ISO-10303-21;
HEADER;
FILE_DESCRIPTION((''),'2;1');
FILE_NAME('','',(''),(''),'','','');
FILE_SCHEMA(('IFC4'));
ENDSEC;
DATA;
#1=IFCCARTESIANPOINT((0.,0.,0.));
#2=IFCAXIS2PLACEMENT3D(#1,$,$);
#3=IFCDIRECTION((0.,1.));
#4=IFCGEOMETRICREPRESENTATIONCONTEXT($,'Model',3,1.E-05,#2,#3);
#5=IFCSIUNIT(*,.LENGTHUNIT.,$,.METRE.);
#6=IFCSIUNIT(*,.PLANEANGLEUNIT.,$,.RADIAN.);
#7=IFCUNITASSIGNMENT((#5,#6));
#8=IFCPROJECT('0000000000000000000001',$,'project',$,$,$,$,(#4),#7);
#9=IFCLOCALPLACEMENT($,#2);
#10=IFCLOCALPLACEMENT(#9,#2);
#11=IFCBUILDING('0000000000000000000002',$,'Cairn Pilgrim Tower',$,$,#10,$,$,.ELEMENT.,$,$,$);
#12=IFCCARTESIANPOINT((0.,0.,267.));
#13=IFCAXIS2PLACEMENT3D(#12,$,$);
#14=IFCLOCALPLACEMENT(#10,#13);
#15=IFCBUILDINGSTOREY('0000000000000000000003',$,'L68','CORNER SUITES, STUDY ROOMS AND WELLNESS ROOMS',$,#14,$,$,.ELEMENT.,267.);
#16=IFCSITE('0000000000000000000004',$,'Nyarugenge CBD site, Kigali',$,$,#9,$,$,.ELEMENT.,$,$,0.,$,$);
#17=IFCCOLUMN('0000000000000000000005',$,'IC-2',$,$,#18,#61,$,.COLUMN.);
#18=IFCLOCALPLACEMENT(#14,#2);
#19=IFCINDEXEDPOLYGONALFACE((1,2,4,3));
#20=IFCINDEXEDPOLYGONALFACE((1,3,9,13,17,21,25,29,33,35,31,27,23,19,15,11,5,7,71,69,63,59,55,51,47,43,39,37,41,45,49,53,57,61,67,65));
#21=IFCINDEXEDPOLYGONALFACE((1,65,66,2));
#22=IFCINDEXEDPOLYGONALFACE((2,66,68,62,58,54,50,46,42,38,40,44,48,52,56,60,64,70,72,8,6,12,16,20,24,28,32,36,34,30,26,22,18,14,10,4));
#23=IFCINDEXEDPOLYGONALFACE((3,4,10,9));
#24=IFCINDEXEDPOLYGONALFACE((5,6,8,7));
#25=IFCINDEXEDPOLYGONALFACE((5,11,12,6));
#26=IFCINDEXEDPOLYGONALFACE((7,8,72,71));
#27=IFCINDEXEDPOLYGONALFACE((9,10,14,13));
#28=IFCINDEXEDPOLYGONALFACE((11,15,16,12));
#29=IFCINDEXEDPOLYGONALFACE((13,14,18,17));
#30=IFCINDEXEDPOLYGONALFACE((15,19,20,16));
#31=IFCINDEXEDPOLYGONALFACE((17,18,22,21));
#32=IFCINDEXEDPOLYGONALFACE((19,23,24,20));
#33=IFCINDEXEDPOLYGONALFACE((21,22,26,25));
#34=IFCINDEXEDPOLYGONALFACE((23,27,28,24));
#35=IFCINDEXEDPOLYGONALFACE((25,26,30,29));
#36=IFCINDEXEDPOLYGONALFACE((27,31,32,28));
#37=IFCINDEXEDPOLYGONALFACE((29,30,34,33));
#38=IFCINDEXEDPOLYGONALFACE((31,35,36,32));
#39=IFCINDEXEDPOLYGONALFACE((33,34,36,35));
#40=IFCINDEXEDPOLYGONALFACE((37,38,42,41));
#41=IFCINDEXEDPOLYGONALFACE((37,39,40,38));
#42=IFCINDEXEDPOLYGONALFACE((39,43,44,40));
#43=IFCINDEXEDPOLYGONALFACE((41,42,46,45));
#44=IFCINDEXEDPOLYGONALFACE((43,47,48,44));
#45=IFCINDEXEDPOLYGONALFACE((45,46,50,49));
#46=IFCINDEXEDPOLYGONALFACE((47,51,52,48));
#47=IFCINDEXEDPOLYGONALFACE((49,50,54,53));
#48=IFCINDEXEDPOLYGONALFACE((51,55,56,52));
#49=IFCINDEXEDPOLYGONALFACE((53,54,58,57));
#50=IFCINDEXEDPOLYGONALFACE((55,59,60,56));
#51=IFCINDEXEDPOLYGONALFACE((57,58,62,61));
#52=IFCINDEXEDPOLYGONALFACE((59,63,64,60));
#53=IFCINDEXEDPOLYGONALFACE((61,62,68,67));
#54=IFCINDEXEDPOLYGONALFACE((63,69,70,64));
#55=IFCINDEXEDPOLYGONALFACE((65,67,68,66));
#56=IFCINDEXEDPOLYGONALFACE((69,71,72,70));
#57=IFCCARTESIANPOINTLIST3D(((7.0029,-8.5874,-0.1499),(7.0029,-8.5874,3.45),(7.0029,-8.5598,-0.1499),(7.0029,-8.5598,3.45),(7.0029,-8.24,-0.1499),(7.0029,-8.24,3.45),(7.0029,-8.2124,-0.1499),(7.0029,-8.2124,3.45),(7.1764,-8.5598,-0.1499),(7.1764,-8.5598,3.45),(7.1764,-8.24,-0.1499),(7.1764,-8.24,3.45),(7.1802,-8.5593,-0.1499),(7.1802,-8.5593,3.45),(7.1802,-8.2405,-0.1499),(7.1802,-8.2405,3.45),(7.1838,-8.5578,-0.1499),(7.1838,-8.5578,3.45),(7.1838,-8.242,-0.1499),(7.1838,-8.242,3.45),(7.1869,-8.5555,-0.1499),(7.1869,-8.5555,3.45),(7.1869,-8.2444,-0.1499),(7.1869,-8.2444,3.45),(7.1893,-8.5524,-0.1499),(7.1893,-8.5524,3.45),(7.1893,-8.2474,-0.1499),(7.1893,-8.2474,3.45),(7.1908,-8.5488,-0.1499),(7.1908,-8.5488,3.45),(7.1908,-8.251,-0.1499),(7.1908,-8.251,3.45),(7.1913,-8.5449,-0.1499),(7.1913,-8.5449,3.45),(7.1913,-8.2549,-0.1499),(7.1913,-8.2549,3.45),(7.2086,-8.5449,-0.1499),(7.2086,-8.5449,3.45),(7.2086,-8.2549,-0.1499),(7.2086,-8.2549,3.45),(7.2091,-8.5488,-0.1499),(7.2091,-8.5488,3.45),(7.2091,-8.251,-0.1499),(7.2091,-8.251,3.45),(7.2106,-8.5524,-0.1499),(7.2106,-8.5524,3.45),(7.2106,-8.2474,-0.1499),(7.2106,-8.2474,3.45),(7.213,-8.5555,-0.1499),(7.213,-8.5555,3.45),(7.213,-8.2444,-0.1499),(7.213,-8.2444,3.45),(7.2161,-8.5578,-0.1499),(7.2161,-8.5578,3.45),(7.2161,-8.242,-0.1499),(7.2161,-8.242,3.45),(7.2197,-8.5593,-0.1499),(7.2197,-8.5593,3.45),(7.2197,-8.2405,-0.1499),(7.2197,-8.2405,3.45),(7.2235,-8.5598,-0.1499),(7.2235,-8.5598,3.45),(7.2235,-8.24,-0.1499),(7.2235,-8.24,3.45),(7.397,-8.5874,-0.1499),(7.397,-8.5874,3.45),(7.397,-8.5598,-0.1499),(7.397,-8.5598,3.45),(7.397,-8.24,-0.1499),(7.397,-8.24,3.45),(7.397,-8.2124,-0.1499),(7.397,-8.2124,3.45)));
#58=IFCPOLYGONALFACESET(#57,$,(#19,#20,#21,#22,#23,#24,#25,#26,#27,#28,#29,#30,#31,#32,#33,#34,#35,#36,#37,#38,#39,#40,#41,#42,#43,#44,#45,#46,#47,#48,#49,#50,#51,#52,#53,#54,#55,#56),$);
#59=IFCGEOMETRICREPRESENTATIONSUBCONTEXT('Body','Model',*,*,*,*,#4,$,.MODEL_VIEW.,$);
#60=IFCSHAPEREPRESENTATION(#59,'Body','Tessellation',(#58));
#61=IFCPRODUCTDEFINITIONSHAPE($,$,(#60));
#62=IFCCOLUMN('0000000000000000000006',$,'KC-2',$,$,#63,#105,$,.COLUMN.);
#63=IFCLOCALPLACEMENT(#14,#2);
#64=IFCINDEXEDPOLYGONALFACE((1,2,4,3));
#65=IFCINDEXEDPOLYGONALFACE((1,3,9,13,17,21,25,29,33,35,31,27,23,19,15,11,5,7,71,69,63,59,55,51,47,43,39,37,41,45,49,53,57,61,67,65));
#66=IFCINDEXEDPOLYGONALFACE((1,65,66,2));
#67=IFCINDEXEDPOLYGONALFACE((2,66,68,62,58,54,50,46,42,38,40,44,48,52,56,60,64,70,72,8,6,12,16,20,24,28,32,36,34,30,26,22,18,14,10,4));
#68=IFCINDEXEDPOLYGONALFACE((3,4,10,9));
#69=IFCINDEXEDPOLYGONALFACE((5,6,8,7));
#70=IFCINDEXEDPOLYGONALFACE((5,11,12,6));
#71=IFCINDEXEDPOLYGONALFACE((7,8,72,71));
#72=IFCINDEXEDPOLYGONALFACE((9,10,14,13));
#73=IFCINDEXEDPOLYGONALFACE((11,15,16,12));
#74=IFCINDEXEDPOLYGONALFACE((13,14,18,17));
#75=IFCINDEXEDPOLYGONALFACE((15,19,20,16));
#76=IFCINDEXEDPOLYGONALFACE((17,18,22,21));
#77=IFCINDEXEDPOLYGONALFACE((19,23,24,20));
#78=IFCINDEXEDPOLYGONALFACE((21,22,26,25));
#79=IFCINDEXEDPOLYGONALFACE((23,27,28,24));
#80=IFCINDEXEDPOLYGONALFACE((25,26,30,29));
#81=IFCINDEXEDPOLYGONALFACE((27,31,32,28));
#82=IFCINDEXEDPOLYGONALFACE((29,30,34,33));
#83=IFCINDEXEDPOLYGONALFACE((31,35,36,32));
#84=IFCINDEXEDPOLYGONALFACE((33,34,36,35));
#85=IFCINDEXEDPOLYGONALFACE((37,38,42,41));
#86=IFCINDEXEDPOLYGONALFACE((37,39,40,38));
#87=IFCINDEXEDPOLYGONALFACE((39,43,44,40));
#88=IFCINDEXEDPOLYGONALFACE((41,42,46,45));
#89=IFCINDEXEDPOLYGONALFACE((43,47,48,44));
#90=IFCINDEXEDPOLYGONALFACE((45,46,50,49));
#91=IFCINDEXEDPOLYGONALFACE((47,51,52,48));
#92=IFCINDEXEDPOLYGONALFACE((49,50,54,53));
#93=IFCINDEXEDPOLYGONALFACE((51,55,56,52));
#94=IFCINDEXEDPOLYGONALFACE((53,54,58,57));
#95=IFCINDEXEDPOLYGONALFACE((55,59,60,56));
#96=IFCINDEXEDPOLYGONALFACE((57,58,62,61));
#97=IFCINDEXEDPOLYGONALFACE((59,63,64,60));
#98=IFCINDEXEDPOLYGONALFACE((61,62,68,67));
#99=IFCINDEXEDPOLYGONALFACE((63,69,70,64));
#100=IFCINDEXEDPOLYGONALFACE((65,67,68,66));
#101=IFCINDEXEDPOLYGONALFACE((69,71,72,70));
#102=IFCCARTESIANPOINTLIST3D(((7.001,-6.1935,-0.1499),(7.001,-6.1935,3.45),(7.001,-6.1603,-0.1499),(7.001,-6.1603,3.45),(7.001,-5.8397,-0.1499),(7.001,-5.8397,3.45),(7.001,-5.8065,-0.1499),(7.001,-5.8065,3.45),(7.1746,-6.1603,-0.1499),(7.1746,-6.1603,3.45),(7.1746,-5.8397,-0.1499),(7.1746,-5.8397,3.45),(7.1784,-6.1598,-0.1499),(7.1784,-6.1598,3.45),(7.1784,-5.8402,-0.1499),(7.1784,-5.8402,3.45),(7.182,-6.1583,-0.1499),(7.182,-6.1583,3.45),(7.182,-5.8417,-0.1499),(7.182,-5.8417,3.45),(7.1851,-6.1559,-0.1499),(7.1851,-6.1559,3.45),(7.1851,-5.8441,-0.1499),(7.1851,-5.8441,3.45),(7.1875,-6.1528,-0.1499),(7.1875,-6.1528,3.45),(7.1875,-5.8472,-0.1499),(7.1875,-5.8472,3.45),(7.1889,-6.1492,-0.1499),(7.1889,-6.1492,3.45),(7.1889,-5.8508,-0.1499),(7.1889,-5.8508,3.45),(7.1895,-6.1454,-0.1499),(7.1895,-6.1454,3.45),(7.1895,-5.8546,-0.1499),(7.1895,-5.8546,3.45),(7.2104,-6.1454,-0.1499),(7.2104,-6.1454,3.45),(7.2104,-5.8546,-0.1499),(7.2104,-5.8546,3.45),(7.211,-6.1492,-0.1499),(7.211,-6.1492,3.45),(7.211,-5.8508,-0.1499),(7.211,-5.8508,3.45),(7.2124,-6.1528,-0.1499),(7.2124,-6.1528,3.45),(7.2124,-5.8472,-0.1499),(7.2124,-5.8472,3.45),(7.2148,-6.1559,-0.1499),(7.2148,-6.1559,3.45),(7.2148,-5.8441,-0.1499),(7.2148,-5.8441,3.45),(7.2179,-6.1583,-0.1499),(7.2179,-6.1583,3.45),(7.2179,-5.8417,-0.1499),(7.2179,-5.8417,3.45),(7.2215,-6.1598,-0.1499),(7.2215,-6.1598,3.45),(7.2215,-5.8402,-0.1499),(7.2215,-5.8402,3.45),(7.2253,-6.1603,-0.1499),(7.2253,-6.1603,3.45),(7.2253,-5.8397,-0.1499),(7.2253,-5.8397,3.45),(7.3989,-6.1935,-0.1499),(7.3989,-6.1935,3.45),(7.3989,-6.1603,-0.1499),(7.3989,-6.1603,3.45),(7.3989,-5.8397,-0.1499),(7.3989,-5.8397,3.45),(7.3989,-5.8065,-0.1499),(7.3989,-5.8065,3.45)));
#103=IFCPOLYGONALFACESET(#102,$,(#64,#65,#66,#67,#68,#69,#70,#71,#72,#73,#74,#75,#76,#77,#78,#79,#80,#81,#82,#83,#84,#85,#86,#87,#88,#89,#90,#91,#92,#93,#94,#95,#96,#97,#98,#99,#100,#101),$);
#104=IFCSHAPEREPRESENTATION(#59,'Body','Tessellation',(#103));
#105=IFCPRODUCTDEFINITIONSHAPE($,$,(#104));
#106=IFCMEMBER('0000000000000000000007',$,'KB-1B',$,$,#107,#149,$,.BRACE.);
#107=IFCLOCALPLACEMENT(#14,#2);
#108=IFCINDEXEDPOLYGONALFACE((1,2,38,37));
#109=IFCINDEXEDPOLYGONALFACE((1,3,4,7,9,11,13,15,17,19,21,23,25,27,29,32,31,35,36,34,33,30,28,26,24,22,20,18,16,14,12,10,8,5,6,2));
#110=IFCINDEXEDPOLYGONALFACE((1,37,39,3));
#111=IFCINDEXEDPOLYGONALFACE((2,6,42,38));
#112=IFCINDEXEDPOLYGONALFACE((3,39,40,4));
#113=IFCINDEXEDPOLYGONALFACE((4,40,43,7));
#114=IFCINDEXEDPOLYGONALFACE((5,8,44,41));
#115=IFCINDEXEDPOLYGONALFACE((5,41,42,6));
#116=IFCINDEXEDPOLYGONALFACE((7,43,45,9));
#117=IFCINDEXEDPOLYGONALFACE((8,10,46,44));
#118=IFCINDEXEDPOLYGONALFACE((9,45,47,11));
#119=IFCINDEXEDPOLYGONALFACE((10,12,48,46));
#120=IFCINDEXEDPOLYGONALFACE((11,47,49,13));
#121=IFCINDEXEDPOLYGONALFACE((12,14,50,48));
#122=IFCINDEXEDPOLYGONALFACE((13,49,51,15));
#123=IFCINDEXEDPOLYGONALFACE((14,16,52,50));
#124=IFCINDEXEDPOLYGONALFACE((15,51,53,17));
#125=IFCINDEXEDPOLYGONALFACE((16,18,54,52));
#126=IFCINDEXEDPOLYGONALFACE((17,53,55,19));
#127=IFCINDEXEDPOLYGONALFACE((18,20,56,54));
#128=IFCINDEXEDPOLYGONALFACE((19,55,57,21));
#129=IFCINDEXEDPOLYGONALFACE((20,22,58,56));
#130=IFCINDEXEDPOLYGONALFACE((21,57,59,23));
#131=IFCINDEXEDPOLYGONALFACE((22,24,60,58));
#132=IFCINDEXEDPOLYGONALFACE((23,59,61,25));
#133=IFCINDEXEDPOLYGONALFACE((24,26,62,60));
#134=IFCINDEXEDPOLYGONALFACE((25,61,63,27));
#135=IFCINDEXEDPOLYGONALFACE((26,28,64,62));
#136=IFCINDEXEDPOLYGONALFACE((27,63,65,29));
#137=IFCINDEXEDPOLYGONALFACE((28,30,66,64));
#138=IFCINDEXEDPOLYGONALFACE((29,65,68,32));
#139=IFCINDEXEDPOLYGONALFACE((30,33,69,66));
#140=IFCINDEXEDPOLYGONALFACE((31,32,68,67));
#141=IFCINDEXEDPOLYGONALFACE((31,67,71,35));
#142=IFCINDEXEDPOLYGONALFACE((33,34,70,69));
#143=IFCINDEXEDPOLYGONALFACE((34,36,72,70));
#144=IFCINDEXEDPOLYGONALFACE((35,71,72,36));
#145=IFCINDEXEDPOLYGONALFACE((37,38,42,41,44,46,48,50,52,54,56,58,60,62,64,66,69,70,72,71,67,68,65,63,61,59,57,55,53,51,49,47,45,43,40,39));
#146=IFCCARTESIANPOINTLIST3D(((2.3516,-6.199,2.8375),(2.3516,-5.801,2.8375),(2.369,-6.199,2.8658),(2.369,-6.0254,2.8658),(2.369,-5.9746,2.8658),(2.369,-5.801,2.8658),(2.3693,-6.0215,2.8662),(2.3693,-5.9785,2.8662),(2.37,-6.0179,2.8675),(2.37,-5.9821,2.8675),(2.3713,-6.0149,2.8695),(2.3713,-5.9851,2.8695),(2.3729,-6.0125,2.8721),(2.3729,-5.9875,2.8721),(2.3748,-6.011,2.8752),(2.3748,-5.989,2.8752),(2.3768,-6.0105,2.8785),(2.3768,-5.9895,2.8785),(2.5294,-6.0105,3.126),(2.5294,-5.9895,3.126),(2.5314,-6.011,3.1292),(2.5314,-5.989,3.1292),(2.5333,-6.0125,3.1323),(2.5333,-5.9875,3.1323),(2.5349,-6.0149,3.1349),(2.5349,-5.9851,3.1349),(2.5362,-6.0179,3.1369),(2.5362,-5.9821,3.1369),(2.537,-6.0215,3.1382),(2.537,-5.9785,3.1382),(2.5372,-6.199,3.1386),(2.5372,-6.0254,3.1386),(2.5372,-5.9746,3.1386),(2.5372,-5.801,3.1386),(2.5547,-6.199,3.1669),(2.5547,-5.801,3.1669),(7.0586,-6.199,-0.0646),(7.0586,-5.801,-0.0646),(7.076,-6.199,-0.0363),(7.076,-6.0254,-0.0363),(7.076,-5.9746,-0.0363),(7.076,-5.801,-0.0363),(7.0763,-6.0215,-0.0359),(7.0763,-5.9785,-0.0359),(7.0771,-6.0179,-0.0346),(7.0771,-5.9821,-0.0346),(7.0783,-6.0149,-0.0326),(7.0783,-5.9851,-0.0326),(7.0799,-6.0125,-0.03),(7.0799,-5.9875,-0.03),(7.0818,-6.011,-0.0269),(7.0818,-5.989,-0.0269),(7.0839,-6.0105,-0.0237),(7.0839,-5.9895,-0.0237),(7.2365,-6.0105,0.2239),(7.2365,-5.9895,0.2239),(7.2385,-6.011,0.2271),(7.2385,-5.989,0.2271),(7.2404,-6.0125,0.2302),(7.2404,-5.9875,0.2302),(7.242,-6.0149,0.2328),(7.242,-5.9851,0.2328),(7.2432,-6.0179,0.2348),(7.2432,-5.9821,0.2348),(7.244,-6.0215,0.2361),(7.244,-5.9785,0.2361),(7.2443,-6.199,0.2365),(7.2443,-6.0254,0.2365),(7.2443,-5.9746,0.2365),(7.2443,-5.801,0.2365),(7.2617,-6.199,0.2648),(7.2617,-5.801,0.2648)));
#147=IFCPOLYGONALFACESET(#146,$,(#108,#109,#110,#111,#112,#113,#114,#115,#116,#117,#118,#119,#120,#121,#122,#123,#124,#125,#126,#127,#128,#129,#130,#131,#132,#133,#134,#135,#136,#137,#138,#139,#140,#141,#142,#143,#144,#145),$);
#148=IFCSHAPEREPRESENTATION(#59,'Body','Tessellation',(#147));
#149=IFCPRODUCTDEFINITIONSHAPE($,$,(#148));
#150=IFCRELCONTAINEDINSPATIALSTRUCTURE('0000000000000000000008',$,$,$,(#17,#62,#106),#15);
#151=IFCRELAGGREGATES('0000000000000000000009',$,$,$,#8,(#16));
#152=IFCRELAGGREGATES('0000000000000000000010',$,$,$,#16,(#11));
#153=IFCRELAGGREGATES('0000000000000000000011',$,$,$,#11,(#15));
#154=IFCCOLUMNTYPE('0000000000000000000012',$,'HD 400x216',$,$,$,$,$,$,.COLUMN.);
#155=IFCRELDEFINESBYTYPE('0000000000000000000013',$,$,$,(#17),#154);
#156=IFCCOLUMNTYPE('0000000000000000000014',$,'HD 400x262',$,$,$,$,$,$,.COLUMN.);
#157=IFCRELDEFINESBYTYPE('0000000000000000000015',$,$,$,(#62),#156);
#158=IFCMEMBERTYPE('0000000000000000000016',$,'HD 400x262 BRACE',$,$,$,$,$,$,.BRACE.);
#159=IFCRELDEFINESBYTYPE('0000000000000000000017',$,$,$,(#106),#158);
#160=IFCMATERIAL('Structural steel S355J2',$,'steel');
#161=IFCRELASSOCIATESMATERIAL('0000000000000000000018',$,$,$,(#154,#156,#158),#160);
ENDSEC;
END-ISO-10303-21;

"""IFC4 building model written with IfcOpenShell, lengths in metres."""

from ifc_helpers import new_model, si_unit, direction, frame, origin, origin_2d, place, context, subcontext, project, spatial, i_section, extrude, material, material_profile, profile_set, type_object, element, save


model = new_model("IFC4")

# Units and contexts
model_context = context("Model", 3, precision=1e-05, world=origin(), true_north=direction((0.0, 1.0)))
body_context = subcontext(model_context, "Body", "Model", "MODEL_VIEW")
ifc_project = project(units=[si_unit("LENGTHUNIT", "METRE"), si_unit("PLANEANGLEUNIT", "RADIAN")], contexts=[model_context])

# Site, building, storey
site_placement = place(None, origin())
site = spatial("IfcSite", under=ifc_project, at=site_placement, Name="Nyarugenge CBD site, Kigali", CompositionType="ELEMENT", RefElevation=0.0)
building_placement = place(site_placement, origin())
building = spatial("IfcBuilding", under=site, at=building_placement, Name="Cairn Pilgrim Tower", CompositionType="ELEMENT")
storey_placement = place(building_placement, frame((0.0, 0.0, 267.0)))
storey = spatial("IfcBuildingStorey", under=building, at=storey_placement, Name="L68", Description="CORNER SUITES, STUDY ROOMS AND WELLNESS ROOMS", CompositionType="ELEMENT", Elevation=267.0)

# Columns
ifc_material_1 = material(Name="Structural steel S355J2", Category="steel")
ifc_material_profile_1 = material_profile(ifc_material_1, i_section(OverallWidth=0.394, OverallDepth=0.375, WebThickness=0.0173, FlangeThickness=0.0276, FilletRadius=0.0149, at=origin_2d()), Name="HD 400x216")
ifc_profile_set_1 = profile_set([ifc_material_profile_1], Name="Structural steel S355J2")
column_type_1 = type_object("IfcColumnType", Name="HD 400x216", PredefinedType="COLUMN", material=ifc_profile_set_1)
column_1_placement = place(storey_placement, frame((7.2, -8.3999, -0.1499), z_axis=(0.0, 0.0, 1.0), x_axis=(1.0, 0.0, 0.0)))
element("IfcColumn", 1, at=column_1_placement, inside=storey, type_object=column_type_1, Name="IC-2", PredefinedType="COLUMN", context=body_context, shape_type="SweptSolid", body=[
    extrude(i_section(OverallWidth=0.394, OverallDepth=0.375, WebThickness=0.0173, FlangeThickness=0.0276, FilletRadius=0.0149, at=origin_2d()), origin(), (0.0, 0.0, 1.0), 3.5999),
])
ifc_material_profile_2 = material_profile(ifc_material_1, i_section(OverallWidth=0.3979, OverallDepth=0.387, WebThickness=0.021, FlangeThickness=0.0332, FilletRadius=0.0149, at=origin_2d()), Name="HD 400x262")
ifc_profile_set_2 = profile_set([ifc_material_profile_2], Name="Structural steel S355J2")
column_type_2 = type_object("IfcColumnType", Name="HD 400x262", PredefinedType="COLUMN", material=ifc_profile_set_2)
column_2_placement = place(storey_placement, frame((7.2, -6.0, -0.1499), z_axis=(0.0, 0.0, 1.0), x_axis=(1.0, 0.0, 0.0)))
element("IfcColumn", 2, at=column_2_placement, inside=storey, type_object=column_type_2, Name="KC-2", PredefinedType="COLUMN", context=body_context, shape_type="SweptSolid", body=[
    extrude(i_section(OverallWidth=0.3979, OverallDepth=0.387, WebThickness=0.021, FlangeThickness=0.0332, FilletRadius=0.0149, at=origin_2d()), origin(), (0.0, 0.0, 1.0), 3.5999),
])

# Member
ifc_material_profile_3 = material_profile(ifc_material_1, i_section(OverallWidth=0.3979, OverallDepth=0.387, WebThickness=0.021, FlangeThickness=0.0332, FilletRadius=0.0149, at=origin_2d()), Name="HD 400x262")
ifc_profile_set_3 = profile_set([ifc_material_profile_3], Name="Structural steel S355J2")
member_type = type_object("IfcMemberType", Name="HD 400x262 BRACE", PredefinedType="BRACE", material=ifc_profile_set_3)
member_placement = place(storey_placement, frame((7.1602, -6.0, 0.1001), z_axis=(-0.851217, 0.0, 0.524814), x_axis=(0.0, -1.0, 0.0)))
element("IfcMember", 3, at=member_placement, inside=storey, type_object=member_type, Name="KB-1B", PredefinedType="BRACE", context=body_context, shape_type="SweptSolid", body=[
    extrude(i_section(OverallWidth=0.3979, OverallDepth=0.387, WebThickness=0.021, FlangeThickness=0.0332, FilletRadius=0.0149, at=origin_2d()), origin(), (0.0, 0.0, 1.0), 5.5298),
])

save(model, "model.ifc")
